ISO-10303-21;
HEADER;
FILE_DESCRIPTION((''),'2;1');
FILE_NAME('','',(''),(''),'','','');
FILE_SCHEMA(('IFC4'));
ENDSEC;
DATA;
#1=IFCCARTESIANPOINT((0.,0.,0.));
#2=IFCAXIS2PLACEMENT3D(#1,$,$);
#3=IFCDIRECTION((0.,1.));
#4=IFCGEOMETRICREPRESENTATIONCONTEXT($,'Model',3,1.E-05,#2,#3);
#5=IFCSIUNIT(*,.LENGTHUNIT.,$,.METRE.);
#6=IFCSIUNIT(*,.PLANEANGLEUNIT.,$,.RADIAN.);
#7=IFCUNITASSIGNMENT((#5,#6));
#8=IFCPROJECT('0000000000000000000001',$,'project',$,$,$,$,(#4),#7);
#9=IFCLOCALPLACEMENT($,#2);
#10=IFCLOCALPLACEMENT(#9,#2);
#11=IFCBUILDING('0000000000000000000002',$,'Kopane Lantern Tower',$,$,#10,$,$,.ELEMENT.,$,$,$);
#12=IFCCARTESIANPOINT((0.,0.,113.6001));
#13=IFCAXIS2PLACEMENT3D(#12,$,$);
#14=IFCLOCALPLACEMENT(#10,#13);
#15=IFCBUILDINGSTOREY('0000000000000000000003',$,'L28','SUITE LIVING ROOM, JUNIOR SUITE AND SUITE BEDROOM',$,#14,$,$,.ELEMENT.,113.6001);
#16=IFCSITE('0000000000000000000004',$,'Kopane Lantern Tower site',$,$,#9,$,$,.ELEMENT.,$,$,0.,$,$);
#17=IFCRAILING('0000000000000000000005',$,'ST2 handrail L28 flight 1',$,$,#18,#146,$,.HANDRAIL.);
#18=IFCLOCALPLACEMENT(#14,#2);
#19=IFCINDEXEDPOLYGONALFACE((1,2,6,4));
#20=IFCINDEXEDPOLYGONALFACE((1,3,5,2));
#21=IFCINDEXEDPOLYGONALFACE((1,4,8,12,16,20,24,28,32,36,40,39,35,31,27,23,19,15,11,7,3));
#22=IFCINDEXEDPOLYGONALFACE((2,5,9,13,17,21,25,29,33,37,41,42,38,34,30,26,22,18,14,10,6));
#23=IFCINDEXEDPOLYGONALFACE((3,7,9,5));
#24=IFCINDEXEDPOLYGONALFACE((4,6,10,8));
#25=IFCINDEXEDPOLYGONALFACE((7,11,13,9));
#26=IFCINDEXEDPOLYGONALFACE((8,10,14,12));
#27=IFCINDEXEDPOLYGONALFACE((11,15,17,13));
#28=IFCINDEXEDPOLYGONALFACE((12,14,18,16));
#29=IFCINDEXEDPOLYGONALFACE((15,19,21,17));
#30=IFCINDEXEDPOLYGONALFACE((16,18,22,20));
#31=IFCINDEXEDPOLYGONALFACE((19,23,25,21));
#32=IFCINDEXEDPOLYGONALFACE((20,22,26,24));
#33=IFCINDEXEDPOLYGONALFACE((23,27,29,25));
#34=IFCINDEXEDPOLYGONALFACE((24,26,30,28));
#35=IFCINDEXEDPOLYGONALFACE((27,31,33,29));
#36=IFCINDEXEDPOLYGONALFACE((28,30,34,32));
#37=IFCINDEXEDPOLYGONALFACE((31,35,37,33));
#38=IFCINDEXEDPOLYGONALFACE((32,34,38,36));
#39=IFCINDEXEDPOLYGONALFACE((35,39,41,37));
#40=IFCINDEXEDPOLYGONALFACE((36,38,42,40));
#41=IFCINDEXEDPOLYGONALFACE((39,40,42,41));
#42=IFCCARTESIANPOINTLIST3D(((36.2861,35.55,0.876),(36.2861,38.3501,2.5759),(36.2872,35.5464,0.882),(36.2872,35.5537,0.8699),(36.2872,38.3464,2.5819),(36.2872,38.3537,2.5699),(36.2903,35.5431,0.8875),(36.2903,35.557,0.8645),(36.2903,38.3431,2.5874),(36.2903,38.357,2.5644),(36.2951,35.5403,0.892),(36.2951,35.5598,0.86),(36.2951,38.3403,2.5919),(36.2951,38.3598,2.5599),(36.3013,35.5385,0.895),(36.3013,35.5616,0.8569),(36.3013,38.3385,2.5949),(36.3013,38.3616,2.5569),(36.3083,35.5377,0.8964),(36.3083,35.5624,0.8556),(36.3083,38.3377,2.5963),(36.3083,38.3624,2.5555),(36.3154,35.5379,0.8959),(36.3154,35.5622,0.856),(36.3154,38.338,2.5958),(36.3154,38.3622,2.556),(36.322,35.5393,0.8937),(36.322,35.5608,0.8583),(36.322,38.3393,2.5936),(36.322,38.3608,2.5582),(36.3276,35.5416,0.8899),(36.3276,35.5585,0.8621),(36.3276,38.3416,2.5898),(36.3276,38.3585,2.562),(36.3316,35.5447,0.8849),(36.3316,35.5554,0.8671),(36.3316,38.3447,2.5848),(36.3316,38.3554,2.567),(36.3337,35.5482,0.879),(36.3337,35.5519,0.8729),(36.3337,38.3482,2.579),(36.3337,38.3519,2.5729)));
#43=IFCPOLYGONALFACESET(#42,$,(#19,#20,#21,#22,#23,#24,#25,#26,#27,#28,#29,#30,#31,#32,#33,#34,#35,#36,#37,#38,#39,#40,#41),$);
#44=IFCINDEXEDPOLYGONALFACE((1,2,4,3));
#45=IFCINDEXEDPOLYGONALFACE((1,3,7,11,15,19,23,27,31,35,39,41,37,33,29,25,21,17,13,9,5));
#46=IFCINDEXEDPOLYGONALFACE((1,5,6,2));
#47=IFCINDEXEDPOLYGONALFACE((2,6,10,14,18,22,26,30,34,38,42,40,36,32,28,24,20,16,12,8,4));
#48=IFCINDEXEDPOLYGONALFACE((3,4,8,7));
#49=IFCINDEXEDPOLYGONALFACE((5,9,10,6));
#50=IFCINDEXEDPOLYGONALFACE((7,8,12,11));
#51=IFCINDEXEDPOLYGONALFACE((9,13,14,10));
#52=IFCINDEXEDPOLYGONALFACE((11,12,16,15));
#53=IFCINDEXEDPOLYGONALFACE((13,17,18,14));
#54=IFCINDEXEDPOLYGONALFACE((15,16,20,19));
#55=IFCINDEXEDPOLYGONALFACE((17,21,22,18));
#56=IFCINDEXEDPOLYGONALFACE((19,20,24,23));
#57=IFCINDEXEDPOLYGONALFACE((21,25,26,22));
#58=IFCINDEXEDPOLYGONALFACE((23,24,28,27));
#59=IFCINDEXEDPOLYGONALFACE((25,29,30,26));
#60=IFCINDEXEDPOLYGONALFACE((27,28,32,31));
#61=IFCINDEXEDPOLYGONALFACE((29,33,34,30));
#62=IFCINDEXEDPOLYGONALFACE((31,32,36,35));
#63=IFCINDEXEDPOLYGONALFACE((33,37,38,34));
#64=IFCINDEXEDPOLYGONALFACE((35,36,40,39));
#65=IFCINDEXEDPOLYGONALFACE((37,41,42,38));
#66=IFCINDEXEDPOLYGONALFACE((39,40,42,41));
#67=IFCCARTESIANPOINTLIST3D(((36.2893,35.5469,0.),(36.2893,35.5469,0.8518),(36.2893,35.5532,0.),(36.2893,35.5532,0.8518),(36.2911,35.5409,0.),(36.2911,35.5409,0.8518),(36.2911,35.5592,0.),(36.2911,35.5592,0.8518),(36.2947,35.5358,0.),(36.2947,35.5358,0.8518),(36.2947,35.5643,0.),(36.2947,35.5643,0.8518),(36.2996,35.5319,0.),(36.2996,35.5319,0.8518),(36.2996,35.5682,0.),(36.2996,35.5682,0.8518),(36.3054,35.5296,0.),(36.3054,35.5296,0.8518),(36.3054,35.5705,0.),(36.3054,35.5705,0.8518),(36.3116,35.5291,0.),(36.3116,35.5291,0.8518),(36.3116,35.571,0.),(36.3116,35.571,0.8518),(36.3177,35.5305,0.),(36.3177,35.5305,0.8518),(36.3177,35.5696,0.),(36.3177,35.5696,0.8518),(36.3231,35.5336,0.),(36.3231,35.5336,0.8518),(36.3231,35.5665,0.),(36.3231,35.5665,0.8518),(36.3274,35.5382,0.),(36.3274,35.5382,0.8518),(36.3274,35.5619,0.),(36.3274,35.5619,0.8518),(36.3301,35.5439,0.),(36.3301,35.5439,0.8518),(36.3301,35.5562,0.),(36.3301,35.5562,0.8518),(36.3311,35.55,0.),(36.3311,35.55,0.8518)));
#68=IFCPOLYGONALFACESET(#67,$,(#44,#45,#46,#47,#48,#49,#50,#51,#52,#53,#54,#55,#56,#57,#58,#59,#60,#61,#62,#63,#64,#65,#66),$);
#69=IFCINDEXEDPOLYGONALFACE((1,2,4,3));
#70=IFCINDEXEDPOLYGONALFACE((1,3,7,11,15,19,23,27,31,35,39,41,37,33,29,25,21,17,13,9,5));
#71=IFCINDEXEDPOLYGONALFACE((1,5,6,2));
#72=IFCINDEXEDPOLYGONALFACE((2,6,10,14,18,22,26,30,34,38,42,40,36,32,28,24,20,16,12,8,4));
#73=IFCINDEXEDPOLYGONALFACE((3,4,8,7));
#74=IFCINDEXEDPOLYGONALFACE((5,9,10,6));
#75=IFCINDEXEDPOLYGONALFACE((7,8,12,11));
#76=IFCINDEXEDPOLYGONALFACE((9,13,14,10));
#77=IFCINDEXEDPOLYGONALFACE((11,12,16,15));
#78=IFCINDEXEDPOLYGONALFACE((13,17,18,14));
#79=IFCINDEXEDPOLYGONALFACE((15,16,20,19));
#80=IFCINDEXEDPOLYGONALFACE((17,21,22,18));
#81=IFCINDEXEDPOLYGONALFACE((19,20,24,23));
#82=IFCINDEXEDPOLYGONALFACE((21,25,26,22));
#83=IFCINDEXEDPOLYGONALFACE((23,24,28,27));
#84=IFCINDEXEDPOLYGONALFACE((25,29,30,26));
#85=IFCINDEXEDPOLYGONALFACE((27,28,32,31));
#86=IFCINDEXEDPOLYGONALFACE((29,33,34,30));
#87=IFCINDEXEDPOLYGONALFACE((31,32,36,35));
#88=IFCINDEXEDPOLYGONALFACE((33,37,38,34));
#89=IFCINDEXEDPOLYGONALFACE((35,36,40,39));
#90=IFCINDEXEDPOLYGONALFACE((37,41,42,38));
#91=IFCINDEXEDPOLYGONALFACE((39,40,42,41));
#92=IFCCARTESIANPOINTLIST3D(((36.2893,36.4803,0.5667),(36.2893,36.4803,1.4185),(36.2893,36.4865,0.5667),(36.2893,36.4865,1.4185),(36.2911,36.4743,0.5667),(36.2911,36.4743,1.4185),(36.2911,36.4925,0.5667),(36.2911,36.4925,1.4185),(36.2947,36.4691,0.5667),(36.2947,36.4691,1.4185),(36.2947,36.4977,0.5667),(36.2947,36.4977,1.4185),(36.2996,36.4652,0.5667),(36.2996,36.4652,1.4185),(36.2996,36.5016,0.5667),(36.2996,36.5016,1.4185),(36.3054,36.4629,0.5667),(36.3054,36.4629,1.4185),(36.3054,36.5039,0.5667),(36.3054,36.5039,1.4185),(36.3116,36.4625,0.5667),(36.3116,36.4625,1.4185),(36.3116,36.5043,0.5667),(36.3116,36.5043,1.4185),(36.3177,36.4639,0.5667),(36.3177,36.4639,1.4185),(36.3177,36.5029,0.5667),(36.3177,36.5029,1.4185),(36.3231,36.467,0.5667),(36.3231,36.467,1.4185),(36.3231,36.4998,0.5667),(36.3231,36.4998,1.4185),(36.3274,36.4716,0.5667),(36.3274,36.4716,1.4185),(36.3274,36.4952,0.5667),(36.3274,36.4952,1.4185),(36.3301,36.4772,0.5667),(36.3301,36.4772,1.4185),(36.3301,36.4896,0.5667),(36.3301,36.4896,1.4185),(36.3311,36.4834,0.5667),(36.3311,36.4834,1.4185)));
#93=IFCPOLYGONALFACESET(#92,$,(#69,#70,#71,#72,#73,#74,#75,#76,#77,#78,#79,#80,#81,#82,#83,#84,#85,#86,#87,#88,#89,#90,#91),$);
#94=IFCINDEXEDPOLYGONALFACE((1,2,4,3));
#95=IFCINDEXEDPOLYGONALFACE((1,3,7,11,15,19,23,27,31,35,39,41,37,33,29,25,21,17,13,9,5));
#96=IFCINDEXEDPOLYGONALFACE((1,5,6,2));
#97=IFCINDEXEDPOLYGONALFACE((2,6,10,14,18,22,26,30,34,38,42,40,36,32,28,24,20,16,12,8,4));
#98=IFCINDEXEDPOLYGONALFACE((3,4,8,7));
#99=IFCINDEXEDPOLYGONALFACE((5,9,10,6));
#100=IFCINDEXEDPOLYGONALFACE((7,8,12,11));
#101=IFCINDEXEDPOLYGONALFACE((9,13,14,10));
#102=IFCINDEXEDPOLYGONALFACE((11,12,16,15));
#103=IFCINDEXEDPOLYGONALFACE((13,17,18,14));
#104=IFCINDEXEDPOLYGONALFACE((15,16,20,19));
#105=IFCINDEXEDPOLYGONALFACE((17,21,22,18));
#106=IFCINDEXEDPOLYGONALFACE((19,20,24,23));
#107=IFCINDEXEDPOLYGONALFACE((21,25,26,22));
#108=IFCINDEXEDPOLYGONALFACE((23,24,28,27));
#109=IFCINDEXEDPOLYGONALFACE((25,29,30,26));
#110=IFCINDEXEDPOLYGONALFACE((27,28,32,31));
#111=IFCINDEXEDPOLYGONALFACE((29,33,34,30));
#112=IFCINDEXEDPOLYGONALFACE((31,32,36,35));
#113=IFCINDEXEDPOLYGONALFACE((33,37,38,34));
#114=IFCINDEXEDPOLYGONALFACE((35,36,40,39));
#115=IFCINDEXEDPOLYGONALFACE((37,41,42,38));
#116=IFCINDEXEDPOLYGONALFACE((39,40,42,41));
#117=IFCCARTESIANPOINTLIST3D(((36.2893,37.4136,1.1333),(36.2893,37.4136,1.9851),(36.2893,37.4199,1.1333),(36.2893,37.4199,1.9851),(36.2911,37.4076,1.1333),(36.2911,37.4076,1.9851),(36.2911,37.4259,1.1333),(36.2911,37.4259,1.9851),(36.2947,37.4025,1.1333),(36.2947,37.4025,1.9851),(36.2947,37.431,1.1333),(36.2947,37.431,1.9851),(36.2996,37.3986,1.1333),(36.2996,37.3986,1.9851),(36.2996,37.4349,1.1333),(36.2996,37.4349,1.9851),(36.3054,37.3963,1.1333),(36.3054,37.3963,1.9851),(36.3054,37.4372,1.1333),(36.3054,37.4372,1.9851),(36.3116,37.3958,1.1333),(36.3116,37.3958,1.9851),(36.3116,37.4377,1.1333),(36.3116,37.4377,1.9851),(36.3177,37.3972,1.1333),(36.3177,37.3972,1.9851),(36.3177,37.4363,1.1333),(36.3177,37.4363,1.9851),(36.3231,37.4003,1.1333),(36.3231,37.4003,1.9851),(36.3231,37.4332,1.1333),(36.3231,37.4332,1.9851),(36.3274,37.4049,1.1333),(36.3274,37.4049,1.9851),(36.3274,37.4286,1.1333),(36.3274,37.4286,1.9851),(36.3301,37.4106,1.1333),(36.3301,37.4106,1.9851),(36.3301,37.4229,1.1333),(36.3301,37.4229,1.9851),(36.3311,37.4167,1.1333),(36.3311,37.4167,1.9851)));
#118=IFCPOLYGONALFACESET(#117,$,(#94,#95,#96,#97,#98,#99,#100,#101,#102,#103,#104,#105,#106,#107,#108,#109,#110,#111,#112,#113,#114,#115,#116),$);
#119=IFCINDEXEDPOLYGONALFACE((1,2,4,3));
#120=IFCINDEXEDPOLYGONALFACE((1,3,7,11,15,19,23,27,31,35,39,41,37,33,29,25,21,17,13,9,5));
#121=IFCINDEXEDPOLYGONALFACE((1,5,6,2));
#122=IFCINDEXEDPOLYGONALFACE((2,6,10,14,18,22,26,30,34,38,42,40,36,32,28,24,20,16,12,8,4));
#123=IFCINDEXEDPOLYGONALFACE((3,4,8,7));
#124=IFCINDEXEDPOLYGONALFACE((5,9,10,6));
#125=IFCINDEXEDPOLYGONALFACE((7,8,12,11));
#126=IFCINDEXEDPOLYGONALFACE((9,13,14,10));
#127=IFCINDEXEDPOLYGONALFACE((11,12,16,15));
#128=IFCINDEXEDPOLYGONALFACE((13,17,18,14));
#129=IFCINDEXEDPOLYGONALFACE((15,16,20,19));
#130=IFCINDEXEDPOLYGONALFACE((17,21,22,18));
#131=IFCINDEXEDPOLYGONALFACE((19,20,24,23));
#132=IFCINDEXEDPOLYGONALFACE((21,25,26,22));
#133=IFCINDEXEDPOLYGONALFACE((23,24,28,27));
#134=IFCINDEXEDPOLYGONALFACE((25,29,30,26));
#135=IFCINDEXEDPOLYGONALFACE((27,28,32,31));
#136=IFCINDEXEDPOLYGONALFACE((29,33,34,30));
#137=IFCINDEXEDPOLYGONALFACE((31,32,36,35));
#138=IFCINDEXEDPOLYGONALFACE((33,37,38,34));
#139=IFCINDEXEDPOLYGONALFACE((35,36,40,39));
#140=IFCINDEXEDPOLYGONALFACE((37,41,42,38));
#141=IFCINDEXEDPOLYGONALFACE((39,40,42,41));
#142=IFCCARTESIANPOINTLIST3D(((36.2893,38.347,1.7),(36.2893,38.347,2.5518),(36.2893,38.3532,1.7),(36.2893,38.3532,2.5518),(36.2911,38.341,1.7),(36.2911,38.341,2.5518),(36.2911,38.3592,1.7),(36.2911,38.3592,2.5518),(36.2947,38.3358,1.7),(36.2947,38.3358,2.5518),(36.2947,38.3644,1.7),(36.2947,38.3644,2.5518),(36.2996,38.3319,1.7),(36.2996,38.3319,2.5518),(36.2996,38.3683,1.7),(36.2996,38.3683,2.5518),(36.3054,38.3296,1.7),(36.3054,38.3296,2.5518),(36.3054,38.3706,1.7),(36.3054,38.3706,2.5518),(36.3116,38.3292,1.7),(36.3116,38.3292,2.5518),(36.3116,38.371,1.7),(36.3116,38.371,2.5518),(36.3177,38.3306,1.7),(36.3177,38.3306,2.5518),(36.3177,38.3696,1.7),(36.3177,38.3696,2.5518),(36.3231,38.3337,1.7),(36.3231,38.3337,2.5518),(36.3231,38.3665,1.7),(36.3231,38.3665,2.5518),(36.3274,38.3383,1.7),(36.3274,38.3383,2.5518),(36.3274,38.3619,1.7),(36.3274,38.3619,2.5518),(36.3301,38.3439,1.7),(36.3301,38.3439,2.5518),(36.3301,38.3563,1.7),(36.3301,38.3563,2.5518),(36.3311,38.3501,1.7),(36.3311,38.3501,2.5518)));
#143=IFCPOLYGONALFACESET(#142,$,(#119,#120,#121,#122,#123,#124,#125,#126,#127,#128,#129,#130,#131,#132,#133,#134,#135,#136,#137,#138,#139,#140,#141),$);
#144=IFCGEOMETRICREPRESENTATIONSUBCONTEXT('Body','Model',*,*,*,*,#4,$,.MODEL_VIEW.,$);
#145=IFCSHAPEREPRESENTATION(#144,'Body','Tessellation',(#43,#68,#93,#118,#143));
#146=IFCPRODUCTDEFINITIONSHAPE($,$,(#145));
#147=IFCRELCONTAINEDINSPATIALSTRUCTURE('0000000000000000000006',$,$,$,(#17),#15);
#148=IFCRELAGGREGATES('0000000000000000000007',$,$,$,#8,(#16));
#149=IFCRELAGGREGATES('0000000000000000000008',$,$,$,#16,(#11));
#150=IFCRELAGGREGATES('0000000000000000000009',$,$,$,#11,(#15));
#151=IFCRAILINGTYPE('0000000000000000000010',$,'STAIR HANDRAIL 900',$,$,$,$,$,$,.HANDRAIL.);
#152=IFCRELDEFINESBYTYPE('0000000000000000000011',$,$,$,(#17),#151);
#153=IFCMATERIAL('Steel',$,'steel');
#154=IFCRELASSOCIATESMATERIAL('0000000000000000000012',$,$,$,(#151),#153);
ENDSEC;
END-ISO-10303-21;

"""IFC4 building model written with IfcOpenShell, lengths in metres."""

from ifc_helpers import new_model, si_unit, direction, frame, origin, origin_2d, place, context, subcontext, project, spatial, circle, extrude, material, type_object, element, save


model = new_model("IFC4")

# Units and contexts
model_context = context("Model", 3, precision=1e-05, world=origin(), true_north=direction((0.0, 1.0)))
body_context = subcontext(model_context, "Body", "Model", "MODEL_VIEW")
ifc_project = project(units=[si_unit("LENGTHUNIT", "METRE"), si_unit("PLANEANGLEUNIT", "RADIAN")], contexts=[model_context])

# Site, building, storey
site_placement = place(None, origin())
site = spatial("IfcSite", under=ifc_project, at=site_placement, Name="Kopane Lantern Tower site", CompositionType="ELEMENT", RefElevation=0.0)
building_placement = place(site_placement, origin())
building = spatial("IfcBuilding", under=site, at=building_placement, Name="Kopane Lantern Tower", CompositionType="ELEMENT")
storey_placement = place(building_placement, frame((0.0, 0.0, 113.6001)))
storey = spatial("IfcBuildingStorey", under=building, at=storey_placement, Name="L28", Description="SUITE LIVING ROOM, JUNIOR SUITE AND SUITE BEDROOM", CompositionType="ELEMENT", Elevation=113.6001)

# Railing
ifc_material_1 = material(Name="Steel", Category="steel")
railing_type_1 = type_object("IfcRailingType", Name="STAIR HANDRAIL 900", PredefinedType="HANDRAIL", material=ifc_material_1)
for number, where, name in (
    (1, (36.3101, 35.55, 0.0), "ST2 handrail L28 flight 1"),
):
    element("IfcRailing", number, at=place(storey_placement, frame(where)), inside=storey, type_object=railing_type_1, Name=name, PredefinedType="HANDRAIL", context=body_context, shape_type="SweptSolid", body=[
        extrude(circle(Radius=0.0239, at=origin_2d()), frame((0.0, 0.0, 0.876), z_axis=(0.0, 0.854798, 0.518961), x_axis=(-1.0, 0.0, 0.0)), (0.0, 0.0, 1.0), 3.2756),
        extrude(circle(Radius=0.021, at=origin_2d()), origin(), (0.0, 0.0, 1.0), 0.8518),
        extrude(circle(Radius=0.021, at=origin_2d()), frame((0.0, 0.9333, 0.5667)), (0.0, 0.0, 1.0), 0.8518),
        extrude(circle(Radius=0.021, at=origin_2d()), frame((0.0, 1.8667, 1.1333)), (0.0, 0.0, 1.0), 0.8518),
        extrude(circle(Radius=0.021, at=origin_2d()), frame((0.0, 2.8, 1.7)), (0.0, 0.0, 1.0), 0.8518),
    ])

save(model, "model.ifc")
